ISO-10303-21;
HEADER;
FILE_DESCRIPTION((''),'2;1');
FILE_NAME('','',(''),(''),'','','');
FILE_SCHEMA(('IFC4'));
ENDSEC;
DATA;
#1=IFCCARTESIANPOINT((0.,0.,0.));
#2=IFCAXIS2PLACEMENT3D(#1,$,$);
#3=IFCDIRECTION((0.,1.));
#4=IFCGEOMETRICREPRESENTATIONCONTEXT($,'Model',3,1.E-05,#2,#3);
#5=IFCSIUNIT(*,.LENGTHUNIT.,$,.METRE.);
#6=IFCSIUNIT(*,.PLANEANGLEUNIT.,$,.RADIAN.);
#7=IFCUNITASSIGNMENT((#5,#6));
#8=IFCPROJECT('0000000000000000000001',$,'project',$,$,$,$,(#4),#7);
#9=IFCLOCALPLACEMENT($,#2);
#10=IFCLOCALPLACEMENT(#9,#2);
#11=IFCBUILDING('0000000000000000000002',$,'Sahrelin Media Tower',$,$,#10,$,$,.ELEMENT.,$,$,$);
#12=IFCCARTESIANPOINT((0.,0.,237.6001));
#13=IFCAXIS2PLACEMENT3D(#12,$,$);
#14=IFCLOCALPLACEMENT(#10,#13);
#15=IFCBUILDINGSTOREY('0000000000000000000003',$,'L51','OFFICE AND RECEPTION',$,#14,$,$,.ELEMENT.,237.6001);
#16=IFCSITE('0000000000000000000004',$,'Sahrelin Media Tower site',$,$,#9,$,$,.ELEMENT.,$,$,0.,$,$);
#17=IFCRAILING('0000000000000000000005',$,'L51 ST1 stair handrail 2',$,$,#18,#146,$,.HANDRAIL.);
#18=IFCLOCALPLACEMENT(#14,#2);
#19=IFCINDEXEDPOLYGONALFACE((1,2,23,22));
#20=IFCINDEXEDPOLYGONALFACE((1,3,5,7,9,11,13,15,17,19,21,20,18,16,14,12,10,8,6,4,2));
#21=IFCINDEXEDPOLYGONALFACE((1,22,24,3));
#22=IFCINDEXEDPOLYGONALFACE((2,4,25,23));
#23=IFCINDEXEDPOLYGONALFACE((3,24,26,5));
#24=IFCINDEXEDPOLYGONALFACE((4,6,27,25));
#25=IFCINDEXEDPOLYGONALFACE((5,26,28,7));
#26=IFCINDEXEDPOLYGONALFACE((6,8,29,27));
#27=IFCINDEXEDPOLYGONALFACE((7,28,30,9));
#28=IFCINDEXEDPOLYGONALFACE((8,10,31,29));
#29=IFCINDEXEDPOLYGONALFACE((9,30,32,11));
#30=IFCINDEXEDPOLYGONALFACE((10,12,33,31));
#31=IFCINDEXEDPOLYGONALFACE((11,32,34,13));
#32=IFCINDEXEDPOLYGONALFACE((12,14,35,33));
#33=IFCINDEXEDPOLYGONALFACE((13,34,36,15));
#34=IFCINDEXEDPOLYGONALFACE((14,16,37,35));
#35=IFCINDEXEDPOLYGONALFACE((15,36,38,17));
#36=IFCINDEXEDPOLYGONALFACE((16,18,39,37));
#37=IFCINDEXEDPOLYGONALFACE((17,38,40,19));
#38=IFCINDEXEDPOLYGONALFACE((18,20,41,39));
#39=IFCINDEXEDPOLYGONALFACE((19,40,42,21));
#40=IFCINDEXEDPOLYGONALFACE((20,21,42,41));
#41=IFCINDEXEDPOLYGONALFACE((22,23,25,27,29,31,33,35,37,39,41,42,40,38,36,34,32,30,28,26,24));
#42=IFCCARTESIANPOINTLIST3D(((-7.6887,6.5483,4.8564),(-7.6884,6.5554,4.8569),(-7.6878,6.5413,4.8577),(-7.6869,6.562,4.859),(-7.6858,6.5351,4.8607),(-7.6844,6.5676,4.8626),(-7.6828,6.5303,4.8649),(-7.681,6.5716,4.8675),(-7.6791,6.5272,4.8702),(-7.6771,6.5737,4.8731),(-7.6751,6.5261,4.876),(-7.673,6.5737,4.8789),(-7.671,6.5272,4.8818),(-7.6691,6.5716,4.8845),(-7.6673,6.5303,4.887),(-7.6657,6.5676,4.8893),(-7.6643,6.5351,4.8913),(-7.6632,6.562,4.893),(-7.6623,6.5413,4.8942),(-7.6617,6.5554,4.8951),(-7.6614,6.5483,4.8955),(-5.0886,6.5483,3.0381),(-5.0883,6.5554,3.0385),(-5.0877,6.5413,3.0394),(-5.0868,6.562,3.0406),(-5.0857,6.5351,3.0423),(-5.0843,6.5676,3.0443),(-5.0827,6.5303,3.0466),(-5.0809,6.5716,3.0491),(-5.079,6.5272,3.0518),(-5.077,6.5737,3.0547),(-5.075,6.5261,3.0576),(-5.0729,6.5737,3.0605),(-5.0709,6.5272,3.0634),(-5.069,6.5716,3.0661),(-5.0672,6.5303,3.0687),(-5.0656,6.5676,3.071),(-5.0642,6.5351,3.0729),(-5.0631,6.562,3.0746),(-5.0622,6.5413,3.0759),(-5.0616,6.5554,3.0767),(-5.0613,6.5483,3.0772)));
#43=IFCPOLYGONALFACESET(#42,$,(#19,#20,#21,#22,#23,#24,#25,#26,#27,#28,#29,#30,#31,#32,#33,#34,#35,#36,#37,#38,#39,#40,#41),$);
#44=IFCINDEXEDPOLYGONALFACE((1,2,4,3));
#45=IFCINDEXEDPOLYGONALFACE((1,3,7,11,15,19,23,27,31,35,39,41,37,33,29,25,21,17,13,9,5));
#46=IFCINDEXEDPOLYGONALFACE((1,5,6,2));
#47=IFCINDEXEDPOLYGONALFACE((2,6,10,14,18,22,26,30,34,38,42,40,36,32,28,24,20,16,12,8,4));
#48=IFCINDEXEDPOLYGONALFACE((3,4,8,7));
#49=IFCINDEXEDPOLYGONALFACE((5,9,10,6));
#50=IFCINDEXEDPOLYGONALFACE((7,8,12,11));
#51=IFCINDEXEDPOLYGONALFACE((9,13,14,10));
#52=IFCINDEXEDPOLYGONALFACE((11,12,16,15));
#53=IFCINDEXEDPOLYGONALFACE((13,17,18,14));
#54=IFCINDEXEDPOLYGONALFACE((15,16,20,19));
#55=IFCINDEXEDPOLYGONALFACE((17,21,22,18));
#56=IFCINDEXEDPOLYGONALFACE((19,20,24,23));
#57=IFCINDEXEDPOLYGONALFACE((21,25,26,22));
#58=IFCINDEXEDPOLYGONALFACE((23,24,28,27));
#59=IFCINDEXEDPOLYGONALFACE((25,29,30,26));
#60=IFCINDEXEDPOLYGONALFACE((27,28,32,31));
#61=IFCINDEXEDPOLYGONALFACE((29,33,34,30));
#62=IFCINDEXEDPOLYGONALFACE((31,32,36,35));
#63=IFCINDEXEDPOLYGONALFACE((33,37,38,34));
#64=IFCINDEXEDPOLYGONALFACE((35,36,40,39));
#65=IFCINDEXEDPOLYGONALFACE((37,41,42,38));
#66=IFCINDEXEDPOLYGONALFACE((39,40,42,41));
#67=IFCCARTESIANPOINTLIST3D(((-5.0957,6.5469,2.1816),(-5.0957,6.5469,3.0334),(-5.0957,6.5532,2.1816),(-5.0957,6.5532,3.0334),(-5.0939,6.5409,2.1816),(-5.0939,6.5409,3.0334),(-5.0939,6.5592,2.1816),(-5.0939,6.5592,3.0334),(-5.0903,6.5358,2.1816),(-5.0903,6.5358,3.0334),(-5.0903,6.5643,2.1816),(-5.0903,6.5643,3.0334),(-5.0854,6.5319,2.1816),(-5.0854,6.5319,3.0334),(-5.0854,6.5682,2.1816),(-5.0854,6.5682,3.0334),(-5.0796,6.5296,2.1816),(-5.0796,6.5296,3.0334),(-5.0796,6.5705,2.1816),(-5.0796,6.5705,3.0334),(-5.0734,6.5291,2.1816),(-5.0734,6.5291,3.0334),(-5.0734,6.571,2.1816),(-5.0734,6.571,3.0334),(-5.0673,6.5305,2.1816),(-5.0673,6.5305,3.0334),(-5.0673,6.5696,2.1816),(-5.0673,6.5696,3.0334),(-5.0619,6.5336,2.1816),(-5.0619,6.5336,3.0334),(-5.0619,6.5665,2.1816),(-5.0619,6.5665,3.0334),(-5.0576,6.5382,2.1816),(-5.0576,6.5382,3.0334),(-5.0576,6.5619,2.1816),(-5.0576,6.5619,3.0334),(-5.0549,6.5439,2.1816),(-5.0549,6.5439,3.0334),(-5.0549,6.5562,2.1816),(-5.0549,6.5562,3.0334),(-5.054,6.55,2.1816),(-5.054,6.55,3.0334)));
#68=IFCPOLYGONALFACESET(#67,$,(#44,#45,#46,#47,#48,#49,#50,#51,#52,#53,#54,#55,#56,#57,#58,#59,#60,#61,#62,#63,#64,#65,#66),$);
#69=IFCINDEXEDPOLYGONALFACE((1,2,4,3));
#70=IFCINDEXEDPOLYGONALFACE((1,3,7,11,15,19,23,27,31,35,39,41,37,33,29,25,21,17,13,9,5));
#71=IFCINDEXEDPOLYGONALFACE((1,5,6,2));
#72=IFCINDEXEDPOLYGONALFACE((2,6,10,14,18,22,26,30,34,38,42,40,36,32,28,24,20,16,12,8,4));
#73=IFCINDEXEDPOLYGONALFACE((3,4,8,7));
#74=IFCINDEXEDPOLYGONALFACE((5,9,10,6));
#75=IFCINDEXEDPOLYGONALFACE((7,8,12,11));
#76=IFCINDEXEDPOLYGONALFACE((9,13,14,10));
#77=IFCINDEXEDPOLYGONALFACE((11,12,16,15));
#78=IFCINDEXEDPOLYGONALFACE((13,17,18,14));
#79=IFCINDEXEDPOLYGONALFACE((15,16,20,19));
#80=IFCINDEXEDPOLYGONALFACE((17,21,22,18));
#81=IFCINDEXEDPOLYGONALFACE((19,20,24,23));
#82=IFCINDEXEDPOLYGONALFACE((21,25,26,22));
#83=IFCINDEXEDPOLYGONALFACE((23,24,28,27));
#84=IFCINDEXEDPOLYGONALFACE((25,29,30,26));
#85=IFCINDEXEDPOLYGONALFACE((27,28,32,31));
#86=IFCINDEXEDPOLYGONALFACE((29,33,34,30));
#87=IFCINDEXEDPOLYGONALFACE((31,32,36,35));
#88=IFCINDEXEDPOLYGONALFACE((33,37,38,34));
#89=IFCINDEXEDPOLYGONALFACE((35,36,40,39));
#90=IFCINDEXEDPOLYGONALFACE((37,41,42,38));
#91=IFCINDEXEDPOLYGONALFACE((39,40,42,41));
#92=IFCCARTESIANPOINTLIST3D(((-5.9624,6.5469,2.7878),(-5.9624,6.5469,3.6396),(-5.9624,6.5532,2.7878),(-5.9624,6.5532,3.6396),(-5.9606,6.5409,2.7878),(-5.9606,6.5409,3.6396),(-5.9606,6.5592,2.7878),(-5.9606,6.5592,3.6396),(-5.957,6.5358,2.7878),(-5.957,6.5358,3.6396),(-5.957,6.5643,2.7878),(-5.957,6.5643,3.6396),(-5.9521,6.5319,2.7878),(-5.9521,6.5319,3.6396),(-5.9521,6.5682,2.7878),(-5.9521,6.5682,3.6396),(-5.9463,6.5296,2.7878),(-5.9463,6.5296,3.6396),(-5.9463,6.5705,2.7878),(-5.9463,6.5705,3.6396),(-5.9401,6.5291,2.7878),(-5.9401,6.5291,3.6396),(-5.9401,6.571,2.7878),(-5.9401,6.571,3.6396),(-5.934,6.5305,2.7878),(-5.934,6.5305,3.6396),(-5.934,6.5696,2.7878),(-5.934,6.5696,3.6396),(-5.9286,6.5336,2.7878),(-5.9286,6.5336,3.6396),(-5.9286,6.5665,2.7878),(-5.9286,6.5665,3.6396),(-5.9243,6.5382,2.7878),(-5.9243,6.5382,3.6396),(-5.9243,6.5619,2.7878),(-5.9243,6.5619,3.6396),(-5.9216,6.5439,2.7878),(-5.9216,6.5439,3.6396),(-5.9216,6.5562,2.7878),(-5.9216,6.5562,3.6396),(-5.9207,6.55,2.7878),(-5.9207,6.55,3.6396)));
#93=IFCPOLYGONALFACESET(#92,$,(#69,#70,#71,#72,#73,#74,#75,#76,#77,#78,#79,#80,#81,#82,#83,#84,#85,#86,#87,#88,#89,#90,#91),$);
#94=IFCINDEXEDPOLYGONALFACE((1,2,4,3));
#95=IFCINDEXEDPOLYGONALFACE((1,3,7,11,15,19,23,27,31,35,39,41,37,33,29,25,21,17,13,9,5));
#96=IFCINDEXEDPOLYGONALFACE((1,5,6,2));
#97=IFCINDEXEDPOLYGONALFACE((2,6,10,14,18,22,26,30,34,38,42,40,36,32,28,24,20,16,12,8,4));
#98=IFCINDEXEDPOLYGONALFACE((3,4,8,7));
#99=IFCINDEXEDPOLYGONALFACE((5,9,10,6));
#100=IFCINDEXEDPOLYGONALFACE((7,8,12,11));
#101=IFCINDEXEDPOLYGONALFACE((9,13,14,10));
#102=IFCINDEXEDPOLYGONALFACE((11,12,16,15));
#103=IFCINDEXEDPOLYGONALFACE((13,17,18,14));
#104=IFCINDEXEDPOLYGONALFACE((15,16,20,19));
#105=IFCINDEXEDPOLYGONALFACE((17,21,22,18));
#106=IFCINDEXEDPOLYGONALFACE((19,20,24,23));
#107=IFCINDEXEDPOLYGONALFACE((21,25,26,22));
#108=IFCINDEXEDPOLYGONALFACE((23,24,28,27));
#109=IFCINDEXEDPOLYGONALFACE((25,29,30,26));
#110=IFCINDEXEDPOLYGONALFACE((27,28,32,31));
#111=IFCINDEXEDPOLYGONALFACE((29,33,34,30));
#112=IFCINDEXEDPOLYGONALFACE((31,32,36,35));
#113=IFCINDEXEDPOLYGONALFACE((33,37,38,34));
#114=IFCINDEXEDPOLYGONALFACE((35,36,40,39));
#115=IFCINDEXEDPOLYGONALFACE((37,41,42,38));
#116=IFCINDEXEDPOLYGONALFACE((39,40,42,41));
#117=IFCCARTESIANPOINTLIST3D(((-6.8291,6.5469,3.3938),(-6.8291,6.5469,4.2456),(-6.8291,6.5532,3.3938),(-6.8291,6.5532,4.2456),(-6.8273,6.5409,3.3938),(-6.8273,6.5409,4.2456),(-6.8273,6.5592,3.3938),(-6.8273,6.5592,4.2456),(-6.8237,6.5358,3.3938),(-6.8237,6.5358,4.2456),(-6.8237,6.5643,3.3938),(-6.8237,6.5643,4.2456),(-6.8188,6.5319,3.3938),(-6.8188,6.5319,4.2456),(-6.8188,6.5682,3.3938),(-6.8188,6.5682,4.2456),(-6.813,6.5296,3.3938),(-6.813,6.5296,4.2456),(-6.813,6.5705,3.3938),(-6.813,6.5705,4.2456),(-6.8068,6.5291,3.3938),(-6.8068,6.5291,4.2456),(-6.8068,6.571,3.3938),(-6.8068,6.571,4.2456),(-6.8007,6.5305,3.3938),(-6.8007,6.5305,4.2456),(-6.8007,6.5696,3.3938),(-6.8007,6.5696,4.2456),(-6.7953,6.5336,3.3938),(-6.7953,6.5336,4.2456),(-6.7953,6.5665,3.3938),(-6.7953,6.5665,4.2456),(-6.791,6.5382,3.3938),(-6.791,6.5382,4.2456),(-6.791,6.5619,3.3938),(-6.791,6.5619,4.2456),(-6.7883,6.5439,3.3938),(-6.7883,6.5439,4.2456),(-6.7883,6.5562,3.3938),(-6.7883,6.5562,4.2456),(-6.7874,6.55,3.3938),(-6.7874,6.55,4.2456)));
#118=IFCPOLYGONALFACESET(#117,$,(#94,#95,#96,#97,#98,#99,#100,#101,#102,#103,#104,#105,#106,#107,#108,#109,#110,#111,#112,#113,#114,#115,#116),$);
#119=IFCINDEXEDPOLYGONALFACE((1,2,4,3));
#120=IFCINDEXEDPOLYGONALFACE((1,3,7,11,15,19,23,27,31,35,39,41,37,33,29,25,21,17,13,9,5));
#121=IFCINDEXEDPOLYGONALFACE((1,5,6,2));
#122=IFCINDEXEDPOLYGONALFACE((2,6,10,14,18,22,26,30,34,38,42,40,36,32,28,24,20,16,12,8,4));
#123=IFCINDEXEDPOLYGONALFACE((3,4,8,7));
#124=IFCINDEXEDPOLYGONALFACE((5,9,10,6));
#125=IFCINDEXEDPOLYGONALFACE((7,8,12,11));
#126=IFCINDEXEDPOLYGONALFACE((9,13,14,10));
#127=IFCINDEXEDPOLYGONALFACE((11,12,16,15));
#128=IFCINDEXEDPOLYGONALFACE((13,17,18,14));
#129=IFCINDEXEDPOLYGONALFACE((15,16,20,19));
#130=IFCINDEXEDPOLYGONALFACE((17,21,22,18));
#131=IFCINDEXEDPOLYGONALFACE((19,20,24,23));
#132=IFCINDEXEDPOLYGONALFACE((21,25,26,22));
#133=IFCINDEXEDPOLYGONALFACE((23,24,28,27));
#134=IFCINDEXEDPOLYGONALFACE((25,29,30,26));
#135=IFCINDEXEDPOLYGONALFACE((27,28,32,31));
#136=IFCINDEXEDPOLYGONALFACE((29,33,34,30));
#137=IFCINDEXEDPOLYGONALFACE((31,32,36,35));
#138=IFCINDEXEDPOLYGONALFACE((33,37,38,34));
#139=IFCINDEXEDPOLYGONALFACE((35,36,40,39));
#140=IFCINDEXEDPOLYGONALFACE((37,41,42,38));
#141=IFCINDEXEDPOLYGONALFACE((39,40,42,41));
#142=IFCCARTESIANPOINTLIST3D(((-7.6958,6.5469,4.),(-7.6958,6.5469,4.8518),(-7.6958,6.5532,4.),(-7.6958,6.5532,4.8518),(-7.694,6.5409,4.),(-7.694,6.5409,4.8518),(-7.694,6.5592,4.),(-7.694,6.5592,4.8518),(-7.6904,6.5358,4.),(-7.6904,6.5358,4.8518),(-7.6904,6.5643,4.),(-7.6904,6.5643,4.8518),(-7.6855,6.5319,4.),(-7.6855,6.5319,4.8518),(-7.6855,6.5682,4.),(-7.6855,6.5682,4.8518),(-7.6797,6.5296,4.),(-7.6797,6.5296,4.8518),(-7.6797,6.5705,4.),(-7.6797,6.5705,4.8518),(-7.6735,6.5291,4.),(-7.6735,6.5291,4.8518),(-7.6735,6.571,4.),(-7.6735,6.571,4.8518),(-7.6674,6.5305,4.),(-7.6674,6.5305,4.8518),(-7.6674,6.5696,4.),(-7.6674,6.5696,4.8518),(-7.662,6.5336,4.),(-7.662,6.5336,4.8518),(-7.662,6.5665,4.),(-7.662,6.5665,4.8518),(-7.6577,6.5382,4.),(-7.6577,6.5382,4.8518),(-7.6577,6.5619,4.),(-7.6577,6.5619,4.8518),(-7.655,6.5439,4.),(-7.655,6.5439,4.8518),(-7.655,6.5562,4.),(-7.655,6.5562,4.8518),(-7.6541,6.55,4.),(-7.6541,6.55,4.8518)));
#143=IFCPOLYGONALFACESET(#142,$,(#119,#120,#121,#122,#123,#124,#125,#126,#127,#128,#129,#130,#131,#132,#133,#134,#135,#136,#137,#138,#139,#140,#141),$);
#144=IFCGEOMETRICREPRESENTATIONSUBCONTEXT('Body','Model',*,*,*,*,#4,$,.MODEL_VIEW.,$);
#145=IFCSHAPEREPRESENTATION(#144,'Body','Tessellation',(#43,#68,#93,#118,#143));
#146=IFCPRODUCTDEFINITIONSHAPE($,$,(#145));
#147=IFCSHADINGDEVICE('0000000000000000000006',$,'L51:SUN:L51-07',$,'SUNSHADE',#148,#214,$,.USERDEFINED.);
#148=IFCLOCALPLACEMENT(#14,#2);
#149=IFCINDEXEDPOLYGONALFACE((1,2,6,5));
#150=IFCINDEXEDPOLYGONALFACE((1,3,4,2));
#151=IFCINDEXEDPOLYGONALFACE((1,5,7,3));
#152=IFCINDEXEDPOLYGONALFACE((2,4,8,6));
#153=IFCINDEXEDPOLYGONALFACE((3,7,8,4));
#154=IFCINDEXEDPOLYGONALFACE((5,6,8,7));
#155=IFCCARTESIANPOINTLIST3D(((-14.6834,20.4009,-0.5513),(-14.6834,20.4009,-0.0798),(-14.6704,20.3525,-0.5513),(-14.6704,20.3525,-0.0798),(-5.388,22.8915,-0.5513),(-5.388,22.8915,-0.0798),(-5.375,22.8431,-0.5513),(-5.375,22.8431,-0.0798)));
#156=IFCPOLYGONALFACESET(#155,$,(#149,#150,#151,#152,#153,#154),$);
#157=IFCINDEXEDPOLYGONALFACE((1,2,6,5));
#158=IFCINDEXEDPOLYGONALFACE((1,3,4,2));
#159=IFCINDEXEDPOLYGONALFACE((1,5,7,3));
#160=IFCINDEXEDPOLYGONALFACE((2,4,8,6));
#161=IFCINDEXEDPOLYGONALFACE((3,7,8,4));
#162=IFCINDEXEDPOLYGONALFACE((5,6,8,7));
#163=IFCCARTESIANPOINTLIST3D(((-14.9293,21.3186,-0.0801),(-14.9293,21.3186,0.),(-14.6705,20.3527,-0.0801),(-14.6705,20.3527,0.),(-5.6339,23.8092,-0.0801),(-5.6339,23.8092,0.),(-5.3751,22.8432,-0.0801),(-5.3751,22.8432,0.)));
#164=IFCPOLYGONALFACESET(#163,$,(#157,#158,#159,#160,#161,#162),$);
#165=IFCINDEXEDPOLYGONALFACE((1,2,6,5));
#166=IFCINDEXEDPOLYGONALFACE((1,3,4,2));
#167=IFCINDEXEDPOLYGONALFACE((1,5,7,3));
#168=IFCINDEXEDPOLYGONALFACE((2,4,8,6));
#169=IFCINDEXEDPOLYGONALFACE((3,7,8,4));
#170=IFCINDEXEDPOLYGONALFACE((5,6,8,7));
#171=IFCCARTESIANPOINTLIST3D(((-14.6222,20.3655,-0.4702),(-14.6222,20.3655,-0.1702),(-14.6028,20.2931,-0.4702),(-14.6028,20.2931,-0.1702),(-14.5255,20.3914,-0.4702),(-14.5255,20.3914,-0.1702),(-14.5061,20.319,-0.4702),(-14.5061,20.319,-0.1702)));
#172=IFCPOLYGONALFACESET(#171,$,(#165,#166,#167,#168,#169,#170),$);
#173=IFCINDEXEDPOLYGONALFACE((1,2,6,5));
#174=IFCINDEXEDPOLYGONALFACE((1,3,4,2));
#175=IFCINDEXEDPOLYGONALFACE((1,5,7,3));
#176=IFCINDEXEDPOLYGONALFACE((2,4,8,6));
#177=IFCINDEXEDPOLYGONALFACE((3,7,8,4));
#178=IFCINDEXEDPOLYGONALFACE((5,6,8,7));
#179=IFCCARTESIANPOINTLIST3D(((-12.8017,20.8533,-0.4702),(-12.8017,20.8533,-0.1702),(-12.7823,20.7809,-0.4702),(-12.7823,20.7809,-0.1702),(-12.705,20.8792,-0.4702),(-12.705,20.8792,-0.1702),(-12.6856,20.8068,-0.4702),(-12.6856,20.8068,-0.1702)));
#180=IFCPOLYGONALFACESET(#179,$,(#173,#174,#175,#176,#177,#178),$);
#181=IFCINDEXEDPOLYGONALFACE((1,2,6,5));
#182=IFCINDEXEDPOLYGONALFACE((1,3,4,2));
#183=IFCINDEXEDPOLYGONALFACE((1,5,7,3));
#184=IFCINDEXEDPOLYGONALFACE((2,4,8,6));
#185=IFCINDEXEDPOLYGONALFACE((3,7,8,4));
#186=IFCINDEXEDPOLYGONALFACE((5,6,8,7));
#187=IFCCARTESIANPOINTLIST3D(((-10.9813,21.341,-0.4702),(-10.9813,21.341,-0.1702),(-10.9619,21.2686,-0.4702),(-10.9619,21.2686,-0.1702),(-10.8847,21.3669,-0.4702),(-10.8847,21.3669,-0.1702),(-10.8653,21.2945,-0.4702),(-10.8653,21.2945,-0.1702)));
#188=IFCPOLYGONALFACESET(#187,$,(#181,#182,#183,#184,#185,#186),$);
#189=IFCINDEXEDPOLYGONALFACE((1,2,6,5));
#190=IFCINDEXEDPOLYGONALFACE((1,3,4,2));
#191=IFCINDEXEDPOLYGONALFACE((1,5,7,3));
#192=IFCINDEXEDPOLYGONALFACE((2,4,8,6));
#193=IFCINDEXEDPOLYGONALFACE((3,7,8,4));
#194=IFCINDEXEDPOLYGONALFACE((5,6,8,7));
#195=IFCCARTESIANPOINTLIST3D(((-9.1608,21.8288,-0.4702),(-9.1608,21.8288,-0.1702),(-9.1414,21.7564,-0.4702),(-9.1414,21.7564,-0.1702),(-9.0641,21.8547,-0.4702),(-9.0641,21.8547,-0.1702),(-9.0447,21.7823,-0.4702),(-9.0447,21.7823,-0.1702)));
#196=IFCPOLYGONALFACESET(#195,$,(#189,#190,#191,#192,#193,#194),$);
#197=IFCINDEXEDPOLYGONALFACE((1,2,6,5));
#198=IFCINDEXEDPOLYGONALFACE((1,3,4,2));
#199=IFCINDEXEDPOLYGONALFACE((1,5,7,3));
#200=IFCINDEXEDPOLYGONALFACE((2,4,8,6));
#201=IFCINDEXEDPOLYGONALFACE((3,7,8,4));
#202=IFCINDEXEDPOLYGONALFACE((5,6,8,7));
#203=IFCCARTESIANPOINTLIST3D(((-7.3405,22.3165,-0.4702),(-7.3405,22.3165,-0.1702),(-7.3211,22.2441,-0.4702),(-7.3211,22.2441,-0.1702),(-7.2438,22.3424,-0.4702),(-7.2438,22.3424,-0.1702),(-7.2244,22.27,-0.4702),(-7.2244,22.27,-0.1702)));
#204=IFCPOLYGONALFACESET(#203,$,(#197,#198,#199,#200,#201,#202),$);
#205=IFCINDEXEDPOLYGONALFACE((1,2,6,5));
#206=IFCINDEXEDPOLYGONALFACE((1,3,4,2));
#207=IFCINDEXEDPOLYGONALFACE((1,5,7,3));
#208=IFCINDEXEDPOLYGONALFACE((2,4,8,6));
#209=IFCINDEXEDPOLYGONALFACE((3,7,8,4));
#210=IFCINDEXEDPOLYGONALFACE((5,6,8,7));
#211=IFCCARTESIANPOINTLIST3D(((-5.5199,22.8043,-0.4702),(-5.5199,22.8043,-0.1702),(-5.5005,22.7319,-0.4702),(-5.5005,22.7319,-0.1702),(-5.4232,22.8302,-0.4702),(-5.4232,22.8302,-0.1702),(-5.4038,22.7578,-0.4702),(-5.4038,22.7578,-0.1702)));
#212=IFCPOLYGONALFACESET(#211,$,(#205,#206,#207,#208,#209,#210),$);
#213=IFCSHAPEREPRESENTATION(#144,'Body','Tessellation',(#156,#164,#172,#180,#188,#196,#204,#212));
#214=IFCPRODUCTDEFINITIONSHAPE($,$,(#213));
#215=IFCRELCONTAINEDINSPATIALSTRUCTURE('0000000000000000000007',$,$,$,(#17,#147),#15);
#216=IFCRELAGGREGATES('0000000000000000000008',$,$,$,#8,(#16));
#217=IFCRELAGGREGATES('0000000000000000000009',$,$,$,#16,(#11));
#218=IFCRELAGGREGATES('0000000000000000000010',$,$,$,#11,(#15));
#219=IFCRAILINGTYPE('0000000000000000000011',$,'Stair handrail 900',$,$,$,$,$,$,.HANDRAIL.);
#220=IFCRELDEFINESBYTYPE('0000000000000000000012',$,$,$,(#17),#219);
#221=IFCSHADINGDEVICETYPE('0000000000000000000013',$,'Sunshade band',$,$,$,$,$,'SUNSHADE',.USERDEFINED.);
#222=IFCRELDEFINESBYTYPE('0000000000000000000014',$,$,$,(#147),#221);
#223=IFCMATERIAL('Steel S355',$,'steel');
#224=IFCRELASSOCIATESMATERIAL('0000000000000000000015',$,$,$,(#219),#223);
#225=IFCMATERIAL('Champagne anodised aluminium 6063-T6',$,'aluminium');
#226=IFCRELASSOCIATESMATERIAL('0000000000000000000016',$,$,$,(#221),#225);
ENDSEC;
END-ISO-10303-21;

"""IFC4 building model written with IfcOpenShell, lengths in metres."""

from ifc_helpers import new_model, si_unit, direction, frame, origin, origin_2d, place, context, subcontext, project, spatial, rectangle, circle, extrude, material, type_object, element, save


model = new_model("IFC4")

# Units and contexts
model_context = context("Model", 3, precision=1e-05, world=origin(), true_north=direction((0.0, 1.0)))
body_context = subcontext(model_context, "Body", "Model", "MODEL_VIEW")
ifc_project = project(units=[si_unit("LENGTHUNIT", "METRE"), si_unit("PLANEANGLEUNIT", "RADIAN")], contexts=[model_context])

# Site, building, storey
site_placement = place(None, origin())
site = spatial("IfcSite", under=ifc_project, at=site_placement, Name="Sahrelin Media Tower site", CompositionType="ELEMENT", RefElevation=0.0)
building_placement = place(site_placement, origin())
building = spatial("IfcBuilding", under=site, at=building_placement, Name="Sahrelin Media Tower", CompositionType="ELEMENT")
storey_placement = place(building_placement, frame((0.0, 0.0, 237.6001)))
storey = spatial("IfcBuildingStorey", under=building, at=storey_placement, Name="L51", Description="OFFICE AND RECEPTION", CompositionType="ELEMENT", Elevation=237.6001)

# Shared definitions
ifc_material_1 = material(Name="Steel S355", Category="steel")

# Shared definitions
ifc_material_2 = material(Name="Champagne anodised aluminium 6063-T6", Category="aluminium")

# Shared definitions
placement = place(storey_placement, frame((-10.0176, 21.5786, 0.0), z_axis=(0.0, 0.0, 1.0), x_axis=(0.965929, 0.258808, 0.0)))

# Railing
railing_type = type_object("IfcRailingType", Name="Stair handrail 900", PredefinedType="HANDRAIL", material=ifc_material_1)
railing_placement = place(storey_placement, frame((-5.075, 6.55, 2.1816)))
element("IfcRailing", 1, at=railing_placement, inside=storey, type_object=railing_type, Name="L51 ST1 stair handrail 2", PredefinedType="HANDRAIL", context=body_context, shape_type="SweptSolid", body=[
    extrude(circle(Radius=0.0239, at=origin_2d()), frame((0.0, 0.0, 0.876), z_axis=(-0.819485, 0.0, 0.573101), x_axis=(0.0, -1.0, 0.0)), (0.0, 0.0, 1.0), 3.1729),
    extrude(circle(Radius=0.021, at=origin_2d()), origin(), (0.0, 0.0, 1.0), 0.8518),
    extrude(circle(Radius=0.021, at=origin_2d()), frame((-0.8667, 0.0, 0.6062)), (0.0, 0.0, 1.0), 0.8518),
    extrude(circle(Radius=0.021, at=origin_2d()), frame((-1.7334, 0.0, 1.2122)), (0.0, 0.0, 1.0), 0.8518),
    extrude(circle(Radius=0.021, at=origin_2d()), frame((-2.6001, 0.0, 1.8184)), (0.0, 0.0, 1.0), 0.8518),
])

# Shading device
shading_device_type_1 = type_object("IfcShadingDeviceType", Name="Sunshade band", ElementType="SUNSHADE", PredefinedType="USERDEFINED", material=ifc_material_2)
element("IfcShadingDevice", 2, at=placement, inside=storey, type_object=shading_device_type_1, Name="L51:SUN:L51-07", ObjectType="SUNSHADE", PredefinedType="USERDEFINED", context=body_context, shape_type="SweptSolid", body=[
    extrude(rectangle(XDim=9.6233, YDim=0.05, at=origin_2d()), frame((0.0, 0.0449, -0.5513)), (0.0, 0.0, 1.0), 0.4714),
    extrude(rectangle(XDim=9.6233, YDim=1.0, at=origin_2d()), frame((0.0, 0.52, -0.0801)), (0.0, 0.0, 1.0), 0.0801),
    extrude(rectangle(XDim=0.1001, YDim=0.075, at=origin_2d()), frame((-4.7117, -0.0176, -0.4702)), (0.0, 0.0, 1.0), 0.3),
    extrude(rectangle(XDim=0.1001, YDim=0.075, at=origin_2d()), frame((-2.8269, -0.0176, -0.4702)), (0.0, 0.0, 1.0), 0.3),
    extrude(rectangle(XDim=0.1001, YDim=0.075, at=origin_2d()), frame((-0.9424, -0.0176, -0.4702)), (0.0, 0.0, 1.0), 0.3),
    extrude(rectangle(XDim=0.1001, YDim=0.075, at=origin_2d()), frame((0.9424, -0.0176, -0.4702)), (0.0, 0.0, 1.0), 0.3),
    extrude(rectangle(XDim=0.1001, YDim=0.075, at=origin_2d()), frame((2.8269, -0.0176, -0.4702)), (0.0, 0.0, 1.0), 0.3),
    extrude(rectangle(XDim=0.1001, YDim=0.075, at=origin_2d()), frame((4.7117, -0.0176, -0.4702)), (0.0, 0.0, 1.0), 0.3),
])

save(model, "model.ifc")
